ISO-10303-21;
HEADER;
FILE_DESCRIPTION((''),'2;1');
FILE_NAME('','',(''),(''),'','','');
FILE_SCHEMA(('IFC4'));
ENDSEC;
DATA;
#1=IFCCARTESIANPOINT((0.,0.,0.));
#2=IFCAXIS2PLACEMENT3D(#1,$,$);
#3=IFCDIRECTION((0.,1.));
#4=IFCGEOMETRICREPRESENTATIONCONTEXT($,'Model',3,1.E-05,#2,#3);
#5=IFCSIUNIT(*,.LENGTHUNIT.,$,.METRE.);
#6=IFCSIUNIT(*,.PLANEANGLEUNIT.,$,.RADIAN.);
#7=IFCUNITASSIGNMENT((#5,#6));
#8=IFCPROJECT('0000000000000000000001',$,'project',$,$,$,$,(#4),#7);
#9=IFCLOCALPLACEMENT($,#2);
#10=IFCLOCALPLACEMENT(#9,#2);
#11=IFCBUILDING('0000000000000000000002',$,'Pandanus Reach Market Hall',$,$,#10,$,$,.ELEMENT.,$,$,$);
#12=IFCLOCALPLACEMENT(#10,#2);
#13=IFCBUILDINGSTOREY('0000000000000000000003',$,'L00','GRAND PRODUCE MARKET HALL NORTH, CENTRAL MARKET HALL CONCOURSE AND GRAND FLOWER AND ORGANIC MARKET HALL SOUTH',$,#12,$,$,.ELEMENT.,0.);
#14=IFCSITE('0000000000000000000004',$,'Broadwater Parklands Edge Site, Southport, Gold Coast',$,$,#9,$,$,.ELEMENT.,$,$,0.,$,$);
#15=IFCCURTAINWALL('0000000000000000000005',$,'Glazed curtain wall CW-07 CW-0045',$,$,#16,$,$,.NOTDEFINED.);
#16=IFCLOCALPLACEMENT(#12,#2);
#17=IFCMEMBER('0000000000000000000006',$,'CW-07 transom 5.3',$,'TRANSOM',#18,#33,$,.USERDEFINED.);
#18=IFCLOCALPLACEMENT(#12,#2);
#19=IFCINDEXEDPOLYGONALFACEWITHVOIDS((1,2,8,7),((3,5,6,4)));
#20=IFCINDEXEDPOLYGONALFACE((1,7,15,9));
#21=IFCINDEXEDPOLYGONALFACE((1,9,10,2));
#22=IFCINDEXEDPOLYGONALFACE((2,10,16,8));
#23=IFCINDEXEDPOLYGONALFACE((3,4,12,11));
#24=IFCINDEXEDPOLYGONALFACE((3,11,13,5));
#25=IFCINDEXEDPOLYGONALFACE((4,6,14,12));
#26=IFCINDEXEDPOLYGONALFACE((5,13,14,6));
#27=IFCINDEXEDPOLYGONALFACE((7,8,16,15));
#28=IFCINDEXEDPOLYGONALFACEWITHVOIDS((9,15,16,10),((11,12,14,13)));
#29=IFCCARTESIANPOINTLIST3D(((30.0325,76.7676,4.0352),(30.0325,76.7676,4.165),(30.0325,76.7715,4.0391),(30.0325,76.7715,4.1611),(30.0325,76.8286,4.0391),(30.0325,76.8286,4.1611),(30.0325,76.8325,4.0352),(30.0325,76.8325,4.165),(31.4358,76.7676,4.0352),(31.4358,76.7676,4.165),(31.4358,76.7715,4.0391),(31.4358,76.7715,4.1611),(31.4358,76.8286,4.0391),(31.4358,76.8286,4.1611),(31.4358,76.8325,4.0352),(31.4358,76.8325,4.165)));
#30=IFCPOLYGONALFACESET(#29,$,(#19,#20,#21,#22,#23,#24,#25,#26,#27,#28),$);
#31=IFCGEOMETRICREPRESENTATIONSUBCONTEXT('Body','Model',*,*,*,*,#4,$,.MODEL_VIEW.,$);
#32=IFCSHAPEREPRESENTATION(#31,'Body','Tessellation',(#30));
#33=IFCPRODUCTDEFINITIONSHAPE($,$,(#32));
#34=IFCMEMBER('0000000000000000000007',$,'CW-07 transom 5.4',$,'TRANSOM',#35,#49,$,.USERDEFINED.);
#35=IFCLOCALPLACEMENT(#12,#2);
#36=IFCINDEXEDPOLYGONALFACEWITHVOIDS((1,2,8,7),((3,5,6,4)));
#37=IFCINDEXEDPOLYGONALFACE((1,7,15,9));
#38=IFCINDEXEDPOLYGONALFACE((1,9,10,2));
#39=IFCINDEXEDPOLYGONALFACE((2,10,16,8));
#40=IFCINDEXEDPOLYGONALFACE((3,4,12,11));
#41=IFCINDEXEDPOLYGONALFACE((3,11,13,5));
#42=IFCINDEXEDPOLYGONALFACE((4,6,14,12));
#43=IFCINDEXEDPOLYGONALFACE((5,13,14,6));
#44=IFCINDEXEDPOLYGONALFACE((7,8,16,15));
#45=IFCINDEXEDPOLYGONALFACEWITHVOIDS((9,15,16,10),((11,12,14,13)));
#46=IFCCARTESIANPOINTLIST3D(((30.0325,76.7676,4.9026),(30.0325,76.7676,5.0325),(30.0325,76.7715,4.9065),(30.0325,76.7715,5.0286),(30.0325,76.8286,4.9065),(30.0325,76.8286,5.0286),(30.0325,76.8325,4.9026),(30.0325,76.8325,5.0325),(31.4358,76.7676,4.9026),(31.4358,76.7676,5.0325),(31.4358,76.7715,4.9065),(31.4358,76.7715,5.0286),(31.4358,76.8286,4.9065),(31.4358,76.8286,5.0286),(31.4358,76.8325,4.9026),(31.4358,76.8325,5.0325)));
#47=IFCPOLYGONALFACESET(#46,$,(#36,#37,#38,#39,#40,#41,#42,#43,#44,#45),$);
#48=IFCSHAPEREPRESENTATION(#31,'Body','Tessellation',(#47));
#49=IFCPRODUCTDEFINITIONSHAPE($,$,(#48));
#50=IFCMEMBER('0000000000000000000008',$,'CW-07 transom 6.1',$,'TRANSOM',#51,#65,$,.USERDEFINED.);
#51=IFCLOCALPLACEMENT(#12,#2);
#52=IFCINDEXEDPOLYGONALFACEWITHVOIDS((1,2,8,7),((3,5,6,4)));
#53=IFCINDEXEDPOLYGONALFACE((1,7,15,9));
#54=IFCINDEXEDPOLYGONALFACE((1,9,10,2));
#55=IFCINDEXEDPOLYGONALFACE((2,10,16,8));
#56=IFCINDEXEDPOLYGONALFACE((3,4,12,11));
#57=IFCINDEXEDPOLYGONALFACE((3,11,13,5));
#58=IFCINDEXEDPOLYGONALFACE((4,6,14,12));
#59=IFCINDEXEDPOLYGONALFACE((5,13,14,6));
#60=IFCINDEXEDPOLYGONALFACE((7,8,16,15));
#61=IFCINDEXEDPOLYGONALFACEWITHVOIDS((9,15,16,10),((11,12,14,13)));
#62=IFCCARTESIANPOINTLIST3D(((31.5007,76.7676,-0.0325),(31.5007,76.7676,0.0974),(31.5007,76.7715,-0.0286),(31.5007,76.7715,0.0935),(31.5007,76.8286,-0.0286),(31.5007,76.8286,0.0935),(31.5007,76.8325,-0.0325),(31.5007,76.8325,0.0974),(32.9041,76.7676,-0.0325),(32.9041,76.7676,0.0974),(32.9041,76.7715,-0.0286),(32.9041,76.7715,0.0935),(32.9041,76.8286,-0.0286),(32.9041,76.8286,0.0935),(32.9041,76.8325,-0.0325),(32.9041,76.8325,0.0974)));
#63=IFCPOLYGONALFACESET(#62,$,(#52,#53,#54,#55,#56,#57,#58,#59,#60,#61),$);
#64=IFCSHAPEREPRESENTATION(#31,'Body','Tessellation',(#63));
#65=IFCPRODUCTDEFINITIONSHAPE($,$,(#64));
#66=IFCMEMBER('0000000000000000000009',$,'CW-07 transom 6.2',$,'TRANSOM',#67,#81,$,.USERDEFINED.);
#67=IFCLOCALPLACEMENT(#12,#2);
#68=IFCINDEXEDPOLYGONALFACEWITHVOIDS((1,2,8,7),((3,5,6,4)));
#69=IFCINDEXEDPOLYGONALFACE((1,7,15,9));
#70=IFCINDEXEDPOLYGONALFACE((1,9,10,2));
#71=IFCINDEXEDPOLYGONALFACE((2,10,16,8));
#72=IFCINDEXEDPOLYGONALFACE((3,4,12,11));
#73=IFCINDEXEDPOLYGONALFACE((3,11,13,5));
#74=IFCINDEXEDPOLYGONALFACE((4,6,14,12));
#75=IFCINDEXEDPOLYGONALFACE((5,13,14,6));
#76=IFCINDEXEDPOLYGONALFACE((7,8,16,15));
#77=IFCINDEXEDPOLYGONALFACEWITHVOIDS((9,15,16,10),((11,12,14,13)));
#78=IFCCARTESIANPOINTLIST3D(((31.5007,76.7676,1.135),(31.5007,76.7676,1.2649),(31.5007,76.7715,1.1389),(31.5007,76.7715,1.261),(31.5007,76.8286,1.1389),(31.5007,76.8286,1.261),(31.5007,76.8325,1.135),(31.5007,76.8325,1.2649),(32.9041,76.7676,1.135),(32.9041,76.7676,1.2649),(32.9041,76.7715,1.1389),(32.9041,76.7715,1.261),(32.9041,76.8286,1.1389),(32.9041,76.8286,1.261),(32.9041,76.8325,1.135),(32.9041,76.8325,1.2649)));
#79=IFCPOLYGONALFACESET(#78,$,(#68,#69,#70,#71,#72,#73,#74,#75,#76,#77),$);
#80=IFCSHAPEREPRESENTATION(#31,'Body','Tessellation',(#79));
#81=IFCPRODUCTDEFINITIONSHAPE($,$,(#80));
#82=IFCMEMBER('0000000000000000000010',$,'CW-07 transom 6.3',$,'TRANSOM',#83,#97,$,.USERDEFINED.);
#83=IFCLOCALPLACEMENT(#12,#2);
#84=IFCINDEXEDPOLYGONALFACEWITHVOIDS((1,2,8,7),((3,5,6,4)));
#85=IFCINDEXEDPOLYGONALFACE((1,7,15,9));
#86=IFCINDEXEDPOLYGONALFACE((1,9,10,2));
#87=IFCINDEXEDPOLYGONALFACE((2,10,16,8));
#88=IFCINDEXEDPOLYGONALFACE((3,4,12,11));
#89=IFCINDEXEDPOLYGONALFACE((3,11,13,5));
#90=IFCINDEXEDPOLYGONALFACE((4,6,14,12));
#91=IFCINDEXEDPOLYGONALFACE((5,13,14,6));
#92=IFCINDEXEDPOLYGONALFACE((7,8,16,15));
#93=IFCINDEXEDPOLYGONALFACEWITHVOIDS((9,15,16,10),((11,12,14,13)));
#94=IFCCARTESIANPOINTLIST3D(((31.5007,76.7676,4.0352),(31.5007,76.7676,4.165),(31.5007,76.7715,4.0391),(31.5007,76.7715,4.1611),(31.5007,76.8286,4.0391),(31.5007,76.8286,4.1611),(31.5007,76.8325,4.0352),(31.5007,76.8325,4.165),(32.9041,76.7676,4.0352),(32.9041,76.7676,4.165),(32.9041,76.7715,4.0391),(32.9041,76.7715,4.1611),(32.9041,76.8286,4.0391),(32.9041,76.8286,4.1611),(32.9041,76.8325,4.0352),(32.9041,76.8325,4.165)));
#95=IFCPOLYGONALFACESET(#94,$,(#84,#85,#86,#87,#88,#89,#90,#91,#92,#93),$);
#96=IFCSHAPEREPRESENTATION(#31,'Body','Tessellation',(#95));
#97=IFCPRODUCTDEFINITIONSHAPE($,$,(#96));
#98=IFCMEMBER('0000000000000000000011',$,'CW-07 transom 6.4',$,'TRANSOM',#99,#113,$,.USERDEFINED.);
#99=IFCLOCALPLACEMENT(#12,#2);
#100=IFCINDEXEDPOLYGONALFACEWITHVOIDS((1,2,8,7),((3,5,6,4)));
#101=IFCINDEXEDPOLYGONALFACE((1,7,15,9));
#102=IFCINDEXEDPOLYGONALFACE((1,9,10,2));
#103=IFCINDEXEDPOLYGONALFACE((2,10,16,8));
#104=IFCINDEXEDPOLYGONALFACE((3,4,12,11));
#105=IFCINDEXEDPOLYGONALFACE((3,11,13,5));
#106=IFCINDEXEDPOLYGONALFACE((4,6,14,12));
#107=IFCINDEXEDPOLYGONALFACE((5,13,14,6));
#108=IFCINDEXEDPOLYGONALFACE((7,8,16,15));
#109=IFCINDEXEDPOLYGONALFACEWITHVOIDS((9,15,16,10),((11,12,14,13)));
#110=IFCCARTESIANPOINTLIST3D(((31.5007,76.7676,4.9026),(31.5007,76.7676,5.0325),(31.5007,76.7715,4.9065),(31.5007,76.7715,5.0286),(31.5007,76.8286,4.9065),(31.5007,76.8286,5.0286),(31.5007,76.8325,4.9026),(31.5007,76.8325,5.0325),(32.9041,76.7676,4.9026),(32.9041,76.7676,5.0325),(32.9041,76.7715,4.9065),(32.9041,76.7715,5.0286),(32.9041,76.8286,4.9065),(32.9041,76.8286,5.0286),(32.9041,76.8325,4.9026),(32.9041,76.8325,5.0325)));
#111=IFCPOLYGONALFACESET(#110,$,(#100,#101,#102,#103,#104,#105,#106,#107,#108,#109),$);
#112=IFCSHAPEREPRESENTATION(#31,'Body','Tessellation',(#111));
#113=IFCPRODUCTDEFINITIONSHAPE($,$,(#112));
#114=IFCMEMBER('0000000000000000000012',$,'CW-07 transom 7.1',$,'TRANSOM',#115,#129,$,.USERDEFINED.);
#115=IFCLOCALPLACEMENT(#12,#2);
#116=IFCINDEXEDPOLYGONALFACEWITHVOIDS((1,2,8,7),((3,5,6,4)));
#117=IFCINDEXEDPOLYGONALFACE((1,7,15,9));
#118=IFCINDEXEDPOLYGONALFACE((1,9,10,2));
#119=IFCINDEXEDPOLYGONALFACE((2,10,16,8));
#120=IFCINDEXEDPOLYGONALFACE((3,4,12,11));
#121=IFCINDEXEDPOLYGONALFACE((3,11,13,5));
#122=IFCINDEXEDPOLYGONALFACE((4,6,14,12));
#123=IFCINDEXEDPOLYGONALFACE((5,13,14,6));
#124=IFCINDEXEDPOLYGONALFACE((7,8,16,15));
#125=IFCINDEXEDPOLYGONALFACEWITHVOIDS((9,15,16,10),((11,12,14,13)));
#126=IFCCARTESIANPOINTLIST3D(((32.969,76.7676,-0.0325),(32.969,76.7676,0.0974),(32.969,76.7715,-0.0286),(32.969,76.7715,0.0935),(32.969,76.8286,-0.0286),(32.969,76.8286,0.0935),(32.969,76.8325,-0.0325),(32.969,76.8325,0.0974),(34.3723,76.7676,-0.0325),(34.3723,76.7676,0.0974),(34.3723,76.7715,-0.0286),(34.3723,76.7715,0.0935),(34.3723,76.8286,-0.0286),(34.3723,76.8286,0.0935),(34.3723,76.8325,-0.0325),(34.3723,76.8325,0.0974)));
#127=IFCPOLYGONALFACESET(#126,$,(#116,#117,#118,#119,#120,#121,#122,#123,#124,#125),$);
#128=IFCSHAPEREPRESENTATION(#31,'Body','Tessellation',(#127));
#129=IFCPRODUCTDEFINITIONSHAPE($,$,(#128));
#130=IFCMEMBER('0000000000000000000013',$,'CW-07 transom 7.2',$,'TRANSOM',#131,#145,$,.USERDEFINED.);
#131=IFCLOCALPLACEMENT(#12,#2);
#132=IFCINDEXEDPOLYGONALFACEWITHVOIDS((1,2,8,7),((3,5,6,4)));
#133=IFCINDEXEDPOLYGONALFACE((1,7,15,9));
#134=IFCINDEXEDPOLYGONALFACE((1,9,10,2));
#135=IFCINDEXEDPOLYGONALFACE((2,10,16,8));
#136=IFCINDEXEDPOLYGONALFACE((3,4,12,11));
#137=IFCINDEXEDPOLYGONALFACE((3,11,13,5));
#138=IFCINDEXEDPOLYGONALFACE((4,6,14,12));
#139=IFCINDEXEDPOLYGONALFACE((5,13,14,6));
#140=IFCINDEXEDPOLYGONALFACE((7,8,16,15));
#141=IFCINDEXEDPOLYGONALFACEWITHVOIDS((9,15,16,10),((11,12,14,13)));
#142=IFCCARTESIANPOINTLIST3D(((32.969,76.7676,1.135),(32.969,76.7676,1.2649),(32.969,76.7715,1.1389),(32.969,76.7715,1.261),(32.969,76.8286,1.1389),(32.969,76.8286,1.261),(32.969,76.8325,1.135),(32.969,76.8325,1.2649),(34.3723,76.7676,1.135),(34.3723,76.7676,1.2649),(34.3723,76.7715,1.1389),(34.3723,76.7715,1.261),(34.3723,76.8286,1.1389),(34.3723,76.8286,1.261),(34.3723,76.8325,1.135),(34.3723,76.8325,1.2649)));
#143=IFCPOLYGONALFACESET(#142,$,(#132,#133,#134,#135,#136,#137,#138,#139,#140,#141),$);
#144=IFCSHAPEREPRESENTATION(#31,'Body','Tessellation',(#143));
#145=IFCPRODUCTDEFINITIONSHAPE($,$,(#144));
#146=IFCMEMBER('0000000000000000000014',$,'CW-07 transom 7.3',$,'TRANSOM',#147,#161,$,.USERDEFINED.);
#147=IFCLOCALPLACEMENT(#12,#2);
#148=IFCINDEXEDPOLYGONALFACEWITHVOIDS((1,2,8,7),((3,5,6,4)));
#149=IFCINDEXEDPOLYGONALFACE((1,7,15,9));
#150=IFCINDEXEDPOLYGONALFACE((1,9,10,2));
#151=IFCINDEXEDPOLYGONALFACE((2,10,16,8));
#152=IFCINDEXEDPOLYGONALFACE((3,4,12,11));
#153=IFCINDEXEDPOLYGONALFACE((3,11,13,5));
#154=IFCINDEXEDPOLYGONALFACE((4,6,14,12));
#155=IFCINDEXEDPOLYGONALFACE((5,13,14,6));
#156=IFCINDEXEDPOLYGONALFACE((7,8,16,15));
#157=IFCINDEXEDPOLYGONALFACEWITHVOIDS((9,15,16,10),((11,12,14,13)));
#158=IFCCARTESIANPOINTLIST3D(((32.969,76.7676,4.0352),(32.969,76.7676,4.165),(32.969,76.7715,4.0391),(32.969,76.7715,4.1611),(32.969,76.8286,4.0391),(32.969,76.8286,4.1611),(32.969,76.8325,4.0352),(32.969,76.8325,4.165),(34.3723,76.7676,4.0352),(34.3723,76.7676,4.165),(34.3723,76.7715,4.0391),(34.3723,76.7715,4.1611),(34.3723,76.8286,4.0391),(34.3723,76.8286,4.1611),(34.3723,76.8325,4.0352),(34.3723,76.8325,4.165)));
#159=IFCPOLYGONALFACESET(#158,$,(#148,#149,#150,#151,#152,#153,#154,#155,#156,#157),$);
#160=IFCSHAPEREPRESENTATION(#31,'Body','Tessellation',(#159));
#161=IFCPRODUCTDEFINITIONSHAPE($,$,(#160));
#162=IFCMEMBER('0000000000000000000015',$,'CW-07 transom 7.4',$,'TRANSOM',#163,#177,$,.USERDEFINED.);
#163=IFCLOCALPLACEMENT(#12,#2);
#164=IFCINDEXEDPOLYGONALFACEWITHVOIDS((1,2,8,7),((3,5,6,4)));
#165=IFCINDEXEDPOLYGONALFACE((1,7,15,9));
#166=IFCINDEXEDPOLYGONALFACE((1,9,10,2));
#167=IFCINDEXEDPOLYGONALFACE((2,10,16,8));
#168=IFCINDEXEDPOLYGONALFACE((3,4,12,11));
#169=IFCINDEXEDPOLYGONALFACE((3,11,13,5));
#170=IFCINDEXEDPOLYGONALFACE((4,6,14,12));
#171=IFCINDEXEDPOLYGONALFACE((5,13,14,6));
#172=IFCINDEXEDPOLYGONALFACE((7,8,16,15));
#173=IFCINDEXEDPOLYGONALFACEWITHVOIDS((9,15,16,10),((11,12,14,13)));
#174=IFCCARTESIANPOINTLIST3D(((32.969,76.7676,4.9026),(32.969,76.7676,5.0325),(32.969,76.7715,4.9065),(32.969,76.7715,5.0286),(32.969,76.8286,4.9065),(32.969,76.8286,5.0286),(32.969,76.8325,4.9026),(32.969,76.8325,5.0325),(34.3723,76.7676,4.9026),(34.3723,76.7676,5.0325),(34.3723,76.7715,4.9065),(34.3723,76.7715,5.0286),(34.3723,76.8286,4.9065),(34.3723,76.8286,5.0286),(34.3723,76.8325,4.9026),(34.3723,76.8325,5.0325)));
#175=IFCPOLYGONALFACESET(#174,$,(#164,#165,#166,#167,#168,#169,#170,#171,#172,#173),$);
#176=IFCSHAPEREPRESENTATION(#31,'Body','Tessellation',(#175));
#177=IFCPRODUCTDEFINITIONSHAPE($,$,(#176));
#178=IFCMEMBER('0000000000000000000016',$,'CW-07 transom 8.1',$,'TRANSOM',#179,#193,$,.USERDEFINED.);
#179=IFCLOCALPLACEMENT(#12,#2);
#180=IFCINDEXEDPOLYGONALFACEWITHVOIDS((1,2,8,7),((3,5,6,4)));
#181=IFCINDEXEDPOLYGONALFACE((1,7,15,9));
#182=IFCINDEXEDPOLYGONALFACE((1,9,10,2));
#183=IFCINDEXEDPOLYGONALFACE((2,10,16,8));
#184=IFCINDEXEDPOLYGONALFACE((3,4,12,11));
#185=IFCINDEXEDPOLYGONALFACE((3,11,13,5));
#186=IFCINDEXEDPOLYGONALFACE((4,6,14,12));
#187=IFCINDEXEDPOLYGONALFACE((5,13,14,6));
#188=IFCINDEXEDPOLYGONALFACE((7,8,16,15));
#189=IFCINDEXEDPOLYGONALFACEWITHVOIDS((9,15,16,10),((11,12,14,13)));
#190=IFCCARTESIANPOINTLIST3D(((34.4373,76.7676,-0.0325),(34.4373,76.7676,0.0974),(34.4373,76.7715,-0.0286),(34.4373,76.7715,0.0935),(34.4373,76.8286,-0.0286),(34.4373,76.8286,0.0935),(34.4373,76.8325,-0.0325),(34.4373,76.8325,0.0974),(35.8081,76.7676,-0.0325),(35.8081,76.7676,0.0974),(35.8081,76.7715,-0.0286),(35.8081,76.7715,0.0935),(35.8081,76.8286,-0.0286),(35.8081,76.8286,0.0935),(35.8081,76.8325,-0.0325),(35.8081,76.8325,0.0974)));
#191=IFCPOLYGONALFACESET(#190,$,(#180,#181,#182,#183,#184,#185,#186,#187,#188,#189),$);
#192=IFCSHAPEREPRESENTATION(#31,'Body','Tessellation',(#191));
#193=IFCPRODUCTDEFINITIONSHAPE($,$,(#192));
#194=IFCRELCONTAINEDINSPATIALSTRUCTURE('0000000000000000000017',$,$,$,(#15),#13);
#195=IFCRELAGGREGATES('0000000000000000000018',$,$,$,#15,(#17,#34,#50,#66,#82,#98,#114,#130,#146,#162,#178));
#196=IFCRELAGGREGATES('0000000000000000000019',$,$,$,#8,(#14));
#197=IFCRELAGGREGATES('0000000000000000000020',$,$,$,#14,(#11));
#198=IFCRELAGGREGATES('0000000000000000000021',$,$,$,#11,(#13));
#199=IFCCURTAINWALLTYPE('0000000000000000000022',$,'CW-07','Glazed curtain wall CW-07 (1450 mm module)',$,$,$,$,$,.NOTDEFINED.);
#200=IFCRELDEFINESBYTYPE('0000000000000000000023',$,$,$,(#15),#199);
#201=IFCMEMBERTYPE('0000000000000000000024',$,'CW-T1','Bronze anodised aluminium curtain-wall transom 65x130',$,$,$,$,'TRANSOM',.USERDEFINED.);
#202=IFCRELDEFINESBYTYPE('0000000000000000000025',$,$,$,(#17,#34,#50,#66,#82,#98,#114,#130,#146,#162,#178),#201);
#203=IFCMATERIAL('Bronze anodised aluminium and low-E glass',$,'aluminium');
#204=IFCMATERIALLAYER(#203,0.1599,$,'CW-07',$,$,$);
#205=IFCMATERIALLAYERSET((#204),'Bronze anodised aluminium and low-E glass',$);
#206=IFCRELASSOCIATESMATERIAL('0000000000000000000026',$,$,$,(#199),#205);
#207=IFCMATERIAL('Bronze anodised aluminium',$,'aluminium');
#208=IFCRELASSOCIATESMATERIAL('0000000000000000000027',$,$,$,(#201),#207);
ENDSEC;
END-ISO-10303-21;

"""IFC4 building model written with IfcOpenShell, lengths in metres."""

from ifc_helpers import new_model, si_unit, direction, frame, origin, origin_2d, place, context, subcontext, project, spatial, hollow_rectangle, extrude, material, layer, layer_set, material_profile, profile_set, type_object, element, aggregate, save


model = new_model("IFC4")

# Units and contexts
model_context = context("Model", 3, precision=1e-05, world=origin(), true_north=direction((0.0, 1.0)))
body_context = subcontext(model_context, "Body", "Model", "MODEL_VIEW")
ifc_project = project(units=[si_unit("LENGTHUNIT", "METRE"), si_unit("PLANEANGLEUNIT", "RADIAN")], contexts=[model_context])

# Site, building, storey
site_placement = place(None, origin())
site = spatial("IfcSite", under=ifc_project, at=site_placement, Name="Broadwater Parklands Edge Site, Southport, Gold Coast", CompositionType="ELEMENT", RefElevation=0.0)
building_placement = place(site_placement, origin())
building = spatial("IfcBuilding", under=site, at=building_placement, Name="Pandanus Reach Market Hall", CompositionType="ELEMENT")
storey_placement = place(building_placement, origin())
storey = spatial("IfcBuildingStorey", under=building, at=storey_placement, Name="L00", Description="GRAND PRODUCE MARKET HALL NORTH, CENTRAL MARKET HALL CONCOURSE AND GRAND FLOWER AND ORGANIC MARKET HALL SOUTH", CompositionType="ELEMENT", Elevation=0.0)

# Curtain wall, members
ifc_material_1 = material(Name="Bronze anodised aluminium and low-E glass", Category="aluminium")
ifc_layer_1 = layer(ifc_material_1, 0.1599, Name="CW-07")
ifc_layer_set_1 = layer_set([ifc_layer_1], Name="Bronze anodised aluminium and low-E glass")
curtain_wall_type = type_object("IfcCurtainWallType", Name="CW-07", Description="Glazed curtain wall CW-07 (1450 mm module)", PredefinedType="NOTDEFINED", material=ifc_layer_set_1)
curtain_wall_placement = place(storey_placement, origin())
curtain_wall = element("IfcCurtainWall", 1, at=curtain_wall_placement, inside=storey, type_object=curtain_wall_type, Name="Glazed curtain wall CW-07 CW-0045", PredefinedType="NOTDEFINED")
ifc_material_2 = material(Name="Bronze anodised aluminium", Category="aluminium")
ifc_material_profile_1 = material_profile(ifc_material_2, hollow_rectangle(XDim=0.0649, YDim=0.1299, WallThickness=0.0039, at=origin_2d()), Name="ALU65x130", Category="LoadBearing")
ifc_profile_set_1 = profile_set([ifc_material_profile_1], Name="Bronze anodised aluminium")
member_type_1 = type_object("IfcMemberType", Name="CW-T1", Description="Bronze anodised aluminium curtain-wall transom 65x130", ElementType="TRANSOM", PredefinedType="USERDEFINED", material=ifc_profile_set_1)
member_1_placement = place(storey_placement, frame((30.0325, 76.8, 4.1001), z_axis=(1.0, 0.0, 0.0), x_axis=(0.0, 1.0, 0.0)))
member_1 = element("IfcMember", 2, at=member_1_placement, type_object=member_type_1, Name="CW-07 transom 5.3", ObjectType="TRANSOM", PredefinedType="USERDEFINED", context=body_context, shape_type="SweptSolid", body=[
    extrude(hollow_rectangle(XDim=0.0649, YDim=0.1299, WallThickness=0.0039, at=origin_2d()), origin(), (0.0, 0.0, 1.0), 1.4033),
])
member_2_placement = place(storey_placement, frame((30.0325, 76.8, 4.9675), z_axis=(1.0, 0.0, 0.0), x_axis=(0.0, 1.0, 0.0)))
member_2 = element("IfcMember", 3, at=member_2_placement, type_object=member_type_1, Name="CW-07 transom 5.4", ObjectType="TRANSOM", PredefinedType="USERDEFINED", context=body_context, shape_type="SweptSolid", body=[
    extrude(hollow_rectangle(XDim=0.0649, YDim=0.1299, WallThickness=0.0039, at=origin_2d()), origin(), (0.0, 0.0, 1.0), 1.4033),
])
member_3_placement = place(storey_placement, frame((31.5007, 76.8, 0.0325), z_axis=(1.0, 0.0, 0.0), x_axis=(0.0, 1.0, 0.0)))
member_3 = element("IfcMember", 4, at=member_3_placement, type_object=member_type_1, Name="CW-07 transom 6.1", ObjectType="TRANSOM", PredefinedType="USERDEFINED", context=body_context, shape_type="SweptSolid", body=[
    extrude(hollow_rectangle(XDim=0.0649, YDim=0.1299, WallThickness=0.0039, at=origin_2d()), origin(), (0.0, 0.0, 1.0), 1.4033),
])
member_4_placement = place(storey_placement, frame((31.5007, 76.8, 1.2), z_axis=(1.0, 0.0, 0.0), x_axis=(0.0, 1.0, 0.0)))
member_4 = element("IfcMember", 5, at=member_4_placement, type_object=member_type_1, Name="CW-07 transom 6.2", ObjectType="TRANSOM", PredefinedType="USERDEFINED", context=body_context, shape_type="SweptSolid", body=[
    extrude(hollow_rectangle(XDim=0.0649, YDim=0.1299, WallThickness=0.0039, at=origin_2d()), origin(), (0.0, 0.0, 1.0), 1.4033),
])
member_5_placement = place(storey_placement, frame((31.5007, 76.8, 4.1001), z_axis=(1.0, 0.0, 0.0), x_axis=(0.0, 1.0, 0.0)))
member_5 = element("IfcMember", 6, at=member_5_placement, type_object=member_type_1, Name="CW-07 transom 6.3", ObjectType="TRANSOM", PredefinedType="USERDEFINED", context=body_context, shape_type="SweptSolid", body=[
    extrude(hollow_rectangle(XDim=0.0649, YDim=0.1299, WallThickness=0.0039, at=origin_2d()), origin(), (0.0, 0.0, 1.0), 1.4033),
])
member_6_placement = place(storey_placement, frame((31.5007, 76.8, 4.9675), z_axis=(1.0, 0.0, 0.0), x_axis=(0.0, 1.0, 0.0)))
member_6 = element("IfcMember", 7, at=member_6_placement, type_object=member_type_1, Name="CW-07 transom 6.4", ObjectType="TRANSOM", PredefinedType="USERDEFINED", context=body_context, shape_type="SweptSolid", body=[
    extrude(hollow_rectangle(XDim=0.0649, YDim=0.1299, WallThickness=0.0039, at=origin_2d()), origin(), (0.0, 0.0, 1.0), 1.4033),
])
member_7_placement = place(storey_placement, frame((32.969, 76.8, 0.0325), z_axis=(1.0, 0.0, 0.0), x_axis=(0.0, 1.0, 0.0)))
member_7 = element("IfcMember", 8, at=member_7_placement, type_object=member_type_1, Name="CW-07 transom 7.1", ObjectType="TRANSOM", PredefinedType="USERDEFINED", context=body_context, shape_type="SweptSolid", body=[
    extrude(hollow_rectangle(XDim=0.0649, YDim=0.1299, WallThickness=0.0039, at=origin_2d()), origin(), (0.0, 0.0, 1.0), 1.4033),
])
member_8_placement = place(storey_placement, frame((32.969, 76.8, 1.2), z_axis=(1.0, 0.0, 0.0), x_axis=(0.0, 1.0, 0.0)))
member_8 = element("IfcMember", 9, at=member_8_placement, type_object=member_type_1, Name="CW-07 transom 7.2", ObjectType="TRANSOM", PredefinedType="USERDEFINED", context=body_context, shape_type="SweptSolid", body=[
    extrude(hollow_rectangle(XDim=0.0649, YDim=0.1299, WallThickness=0.0039, at=origin_2d()), origin(), (0.0, 0.0, 1.0), 1.4033),
])
member_9_placement = place(storey_placement, frame((32.969, 76.8, 4.1001), z_axis=(1.0, 0.0, 0.0), x_axis=(0.0, 1.0, 0.0)))
member_9 = element("IfcMember", 10, at=member_9_placement, type_object=member_type_1, Name="CW-07 transom 7.3", ObjectType="TRANSOM", PredefinedType="USERDEFINED", context=body_context, shape_type="SweptSolid", body=[
    extrude(hollow_rectangle(XDim=0.0649, YDim=0.1299, WallThickness=0.0039, at=origin_2d()), origin(), (0.0, 0.0, 1.0), 1.4033),
])
member_10_placement = place(storey_placement, frame((32.969, 76.8, 4.9675), z_axis=(1.0, 0.0, 0.0), x_axis=(0.0, 1.0, 0.0)))
member_10 = element("IfcMember", 11, at=member_10_placement, type_object=member_type_1, Name="CW-07 transom 7.4", ObjectType="TRANSOM", PredefinedType="USERDEFINED", context=body_context, shape_type="SweptSolid", body=[
    extrude(hollow_rectangle(XDim=0.0649, YDim=0.1299, WallThickness=0.0039, at=origin_2d()), origin(), (0.0, 0.0, 1.0), 1.4033),
])
member_11_placement = place(storey_placement, frame((34.4373, 76.8, 0.0325), z_axis=(1.0, 0.0, 0.0), x_axis=(0.0, 1.0, 0.0)))
member_11 = element("IfcMember", 12, at=member_11_placement, type_object=member_type_1, Name="CW-07 transom 8.1", ObjectType="TRANSOM", PredefinedType="USERDEFINED", context=body_context, shape_type="SweptSolid", body=[
    extrude(hollow_rectangle(XDim=0.0649, YDim=0.1299, WallThickness=0.0039, at=origin_2d()), origin(), (0.0, 0.0, 1.0), 1.3708),
])

aggregate(curtain_wall, [member_1, member_2, member_3, member_4, member_5, member_6, member_7, member_8, member_9, member_10, member_11])

save(model, "model.ifc")
